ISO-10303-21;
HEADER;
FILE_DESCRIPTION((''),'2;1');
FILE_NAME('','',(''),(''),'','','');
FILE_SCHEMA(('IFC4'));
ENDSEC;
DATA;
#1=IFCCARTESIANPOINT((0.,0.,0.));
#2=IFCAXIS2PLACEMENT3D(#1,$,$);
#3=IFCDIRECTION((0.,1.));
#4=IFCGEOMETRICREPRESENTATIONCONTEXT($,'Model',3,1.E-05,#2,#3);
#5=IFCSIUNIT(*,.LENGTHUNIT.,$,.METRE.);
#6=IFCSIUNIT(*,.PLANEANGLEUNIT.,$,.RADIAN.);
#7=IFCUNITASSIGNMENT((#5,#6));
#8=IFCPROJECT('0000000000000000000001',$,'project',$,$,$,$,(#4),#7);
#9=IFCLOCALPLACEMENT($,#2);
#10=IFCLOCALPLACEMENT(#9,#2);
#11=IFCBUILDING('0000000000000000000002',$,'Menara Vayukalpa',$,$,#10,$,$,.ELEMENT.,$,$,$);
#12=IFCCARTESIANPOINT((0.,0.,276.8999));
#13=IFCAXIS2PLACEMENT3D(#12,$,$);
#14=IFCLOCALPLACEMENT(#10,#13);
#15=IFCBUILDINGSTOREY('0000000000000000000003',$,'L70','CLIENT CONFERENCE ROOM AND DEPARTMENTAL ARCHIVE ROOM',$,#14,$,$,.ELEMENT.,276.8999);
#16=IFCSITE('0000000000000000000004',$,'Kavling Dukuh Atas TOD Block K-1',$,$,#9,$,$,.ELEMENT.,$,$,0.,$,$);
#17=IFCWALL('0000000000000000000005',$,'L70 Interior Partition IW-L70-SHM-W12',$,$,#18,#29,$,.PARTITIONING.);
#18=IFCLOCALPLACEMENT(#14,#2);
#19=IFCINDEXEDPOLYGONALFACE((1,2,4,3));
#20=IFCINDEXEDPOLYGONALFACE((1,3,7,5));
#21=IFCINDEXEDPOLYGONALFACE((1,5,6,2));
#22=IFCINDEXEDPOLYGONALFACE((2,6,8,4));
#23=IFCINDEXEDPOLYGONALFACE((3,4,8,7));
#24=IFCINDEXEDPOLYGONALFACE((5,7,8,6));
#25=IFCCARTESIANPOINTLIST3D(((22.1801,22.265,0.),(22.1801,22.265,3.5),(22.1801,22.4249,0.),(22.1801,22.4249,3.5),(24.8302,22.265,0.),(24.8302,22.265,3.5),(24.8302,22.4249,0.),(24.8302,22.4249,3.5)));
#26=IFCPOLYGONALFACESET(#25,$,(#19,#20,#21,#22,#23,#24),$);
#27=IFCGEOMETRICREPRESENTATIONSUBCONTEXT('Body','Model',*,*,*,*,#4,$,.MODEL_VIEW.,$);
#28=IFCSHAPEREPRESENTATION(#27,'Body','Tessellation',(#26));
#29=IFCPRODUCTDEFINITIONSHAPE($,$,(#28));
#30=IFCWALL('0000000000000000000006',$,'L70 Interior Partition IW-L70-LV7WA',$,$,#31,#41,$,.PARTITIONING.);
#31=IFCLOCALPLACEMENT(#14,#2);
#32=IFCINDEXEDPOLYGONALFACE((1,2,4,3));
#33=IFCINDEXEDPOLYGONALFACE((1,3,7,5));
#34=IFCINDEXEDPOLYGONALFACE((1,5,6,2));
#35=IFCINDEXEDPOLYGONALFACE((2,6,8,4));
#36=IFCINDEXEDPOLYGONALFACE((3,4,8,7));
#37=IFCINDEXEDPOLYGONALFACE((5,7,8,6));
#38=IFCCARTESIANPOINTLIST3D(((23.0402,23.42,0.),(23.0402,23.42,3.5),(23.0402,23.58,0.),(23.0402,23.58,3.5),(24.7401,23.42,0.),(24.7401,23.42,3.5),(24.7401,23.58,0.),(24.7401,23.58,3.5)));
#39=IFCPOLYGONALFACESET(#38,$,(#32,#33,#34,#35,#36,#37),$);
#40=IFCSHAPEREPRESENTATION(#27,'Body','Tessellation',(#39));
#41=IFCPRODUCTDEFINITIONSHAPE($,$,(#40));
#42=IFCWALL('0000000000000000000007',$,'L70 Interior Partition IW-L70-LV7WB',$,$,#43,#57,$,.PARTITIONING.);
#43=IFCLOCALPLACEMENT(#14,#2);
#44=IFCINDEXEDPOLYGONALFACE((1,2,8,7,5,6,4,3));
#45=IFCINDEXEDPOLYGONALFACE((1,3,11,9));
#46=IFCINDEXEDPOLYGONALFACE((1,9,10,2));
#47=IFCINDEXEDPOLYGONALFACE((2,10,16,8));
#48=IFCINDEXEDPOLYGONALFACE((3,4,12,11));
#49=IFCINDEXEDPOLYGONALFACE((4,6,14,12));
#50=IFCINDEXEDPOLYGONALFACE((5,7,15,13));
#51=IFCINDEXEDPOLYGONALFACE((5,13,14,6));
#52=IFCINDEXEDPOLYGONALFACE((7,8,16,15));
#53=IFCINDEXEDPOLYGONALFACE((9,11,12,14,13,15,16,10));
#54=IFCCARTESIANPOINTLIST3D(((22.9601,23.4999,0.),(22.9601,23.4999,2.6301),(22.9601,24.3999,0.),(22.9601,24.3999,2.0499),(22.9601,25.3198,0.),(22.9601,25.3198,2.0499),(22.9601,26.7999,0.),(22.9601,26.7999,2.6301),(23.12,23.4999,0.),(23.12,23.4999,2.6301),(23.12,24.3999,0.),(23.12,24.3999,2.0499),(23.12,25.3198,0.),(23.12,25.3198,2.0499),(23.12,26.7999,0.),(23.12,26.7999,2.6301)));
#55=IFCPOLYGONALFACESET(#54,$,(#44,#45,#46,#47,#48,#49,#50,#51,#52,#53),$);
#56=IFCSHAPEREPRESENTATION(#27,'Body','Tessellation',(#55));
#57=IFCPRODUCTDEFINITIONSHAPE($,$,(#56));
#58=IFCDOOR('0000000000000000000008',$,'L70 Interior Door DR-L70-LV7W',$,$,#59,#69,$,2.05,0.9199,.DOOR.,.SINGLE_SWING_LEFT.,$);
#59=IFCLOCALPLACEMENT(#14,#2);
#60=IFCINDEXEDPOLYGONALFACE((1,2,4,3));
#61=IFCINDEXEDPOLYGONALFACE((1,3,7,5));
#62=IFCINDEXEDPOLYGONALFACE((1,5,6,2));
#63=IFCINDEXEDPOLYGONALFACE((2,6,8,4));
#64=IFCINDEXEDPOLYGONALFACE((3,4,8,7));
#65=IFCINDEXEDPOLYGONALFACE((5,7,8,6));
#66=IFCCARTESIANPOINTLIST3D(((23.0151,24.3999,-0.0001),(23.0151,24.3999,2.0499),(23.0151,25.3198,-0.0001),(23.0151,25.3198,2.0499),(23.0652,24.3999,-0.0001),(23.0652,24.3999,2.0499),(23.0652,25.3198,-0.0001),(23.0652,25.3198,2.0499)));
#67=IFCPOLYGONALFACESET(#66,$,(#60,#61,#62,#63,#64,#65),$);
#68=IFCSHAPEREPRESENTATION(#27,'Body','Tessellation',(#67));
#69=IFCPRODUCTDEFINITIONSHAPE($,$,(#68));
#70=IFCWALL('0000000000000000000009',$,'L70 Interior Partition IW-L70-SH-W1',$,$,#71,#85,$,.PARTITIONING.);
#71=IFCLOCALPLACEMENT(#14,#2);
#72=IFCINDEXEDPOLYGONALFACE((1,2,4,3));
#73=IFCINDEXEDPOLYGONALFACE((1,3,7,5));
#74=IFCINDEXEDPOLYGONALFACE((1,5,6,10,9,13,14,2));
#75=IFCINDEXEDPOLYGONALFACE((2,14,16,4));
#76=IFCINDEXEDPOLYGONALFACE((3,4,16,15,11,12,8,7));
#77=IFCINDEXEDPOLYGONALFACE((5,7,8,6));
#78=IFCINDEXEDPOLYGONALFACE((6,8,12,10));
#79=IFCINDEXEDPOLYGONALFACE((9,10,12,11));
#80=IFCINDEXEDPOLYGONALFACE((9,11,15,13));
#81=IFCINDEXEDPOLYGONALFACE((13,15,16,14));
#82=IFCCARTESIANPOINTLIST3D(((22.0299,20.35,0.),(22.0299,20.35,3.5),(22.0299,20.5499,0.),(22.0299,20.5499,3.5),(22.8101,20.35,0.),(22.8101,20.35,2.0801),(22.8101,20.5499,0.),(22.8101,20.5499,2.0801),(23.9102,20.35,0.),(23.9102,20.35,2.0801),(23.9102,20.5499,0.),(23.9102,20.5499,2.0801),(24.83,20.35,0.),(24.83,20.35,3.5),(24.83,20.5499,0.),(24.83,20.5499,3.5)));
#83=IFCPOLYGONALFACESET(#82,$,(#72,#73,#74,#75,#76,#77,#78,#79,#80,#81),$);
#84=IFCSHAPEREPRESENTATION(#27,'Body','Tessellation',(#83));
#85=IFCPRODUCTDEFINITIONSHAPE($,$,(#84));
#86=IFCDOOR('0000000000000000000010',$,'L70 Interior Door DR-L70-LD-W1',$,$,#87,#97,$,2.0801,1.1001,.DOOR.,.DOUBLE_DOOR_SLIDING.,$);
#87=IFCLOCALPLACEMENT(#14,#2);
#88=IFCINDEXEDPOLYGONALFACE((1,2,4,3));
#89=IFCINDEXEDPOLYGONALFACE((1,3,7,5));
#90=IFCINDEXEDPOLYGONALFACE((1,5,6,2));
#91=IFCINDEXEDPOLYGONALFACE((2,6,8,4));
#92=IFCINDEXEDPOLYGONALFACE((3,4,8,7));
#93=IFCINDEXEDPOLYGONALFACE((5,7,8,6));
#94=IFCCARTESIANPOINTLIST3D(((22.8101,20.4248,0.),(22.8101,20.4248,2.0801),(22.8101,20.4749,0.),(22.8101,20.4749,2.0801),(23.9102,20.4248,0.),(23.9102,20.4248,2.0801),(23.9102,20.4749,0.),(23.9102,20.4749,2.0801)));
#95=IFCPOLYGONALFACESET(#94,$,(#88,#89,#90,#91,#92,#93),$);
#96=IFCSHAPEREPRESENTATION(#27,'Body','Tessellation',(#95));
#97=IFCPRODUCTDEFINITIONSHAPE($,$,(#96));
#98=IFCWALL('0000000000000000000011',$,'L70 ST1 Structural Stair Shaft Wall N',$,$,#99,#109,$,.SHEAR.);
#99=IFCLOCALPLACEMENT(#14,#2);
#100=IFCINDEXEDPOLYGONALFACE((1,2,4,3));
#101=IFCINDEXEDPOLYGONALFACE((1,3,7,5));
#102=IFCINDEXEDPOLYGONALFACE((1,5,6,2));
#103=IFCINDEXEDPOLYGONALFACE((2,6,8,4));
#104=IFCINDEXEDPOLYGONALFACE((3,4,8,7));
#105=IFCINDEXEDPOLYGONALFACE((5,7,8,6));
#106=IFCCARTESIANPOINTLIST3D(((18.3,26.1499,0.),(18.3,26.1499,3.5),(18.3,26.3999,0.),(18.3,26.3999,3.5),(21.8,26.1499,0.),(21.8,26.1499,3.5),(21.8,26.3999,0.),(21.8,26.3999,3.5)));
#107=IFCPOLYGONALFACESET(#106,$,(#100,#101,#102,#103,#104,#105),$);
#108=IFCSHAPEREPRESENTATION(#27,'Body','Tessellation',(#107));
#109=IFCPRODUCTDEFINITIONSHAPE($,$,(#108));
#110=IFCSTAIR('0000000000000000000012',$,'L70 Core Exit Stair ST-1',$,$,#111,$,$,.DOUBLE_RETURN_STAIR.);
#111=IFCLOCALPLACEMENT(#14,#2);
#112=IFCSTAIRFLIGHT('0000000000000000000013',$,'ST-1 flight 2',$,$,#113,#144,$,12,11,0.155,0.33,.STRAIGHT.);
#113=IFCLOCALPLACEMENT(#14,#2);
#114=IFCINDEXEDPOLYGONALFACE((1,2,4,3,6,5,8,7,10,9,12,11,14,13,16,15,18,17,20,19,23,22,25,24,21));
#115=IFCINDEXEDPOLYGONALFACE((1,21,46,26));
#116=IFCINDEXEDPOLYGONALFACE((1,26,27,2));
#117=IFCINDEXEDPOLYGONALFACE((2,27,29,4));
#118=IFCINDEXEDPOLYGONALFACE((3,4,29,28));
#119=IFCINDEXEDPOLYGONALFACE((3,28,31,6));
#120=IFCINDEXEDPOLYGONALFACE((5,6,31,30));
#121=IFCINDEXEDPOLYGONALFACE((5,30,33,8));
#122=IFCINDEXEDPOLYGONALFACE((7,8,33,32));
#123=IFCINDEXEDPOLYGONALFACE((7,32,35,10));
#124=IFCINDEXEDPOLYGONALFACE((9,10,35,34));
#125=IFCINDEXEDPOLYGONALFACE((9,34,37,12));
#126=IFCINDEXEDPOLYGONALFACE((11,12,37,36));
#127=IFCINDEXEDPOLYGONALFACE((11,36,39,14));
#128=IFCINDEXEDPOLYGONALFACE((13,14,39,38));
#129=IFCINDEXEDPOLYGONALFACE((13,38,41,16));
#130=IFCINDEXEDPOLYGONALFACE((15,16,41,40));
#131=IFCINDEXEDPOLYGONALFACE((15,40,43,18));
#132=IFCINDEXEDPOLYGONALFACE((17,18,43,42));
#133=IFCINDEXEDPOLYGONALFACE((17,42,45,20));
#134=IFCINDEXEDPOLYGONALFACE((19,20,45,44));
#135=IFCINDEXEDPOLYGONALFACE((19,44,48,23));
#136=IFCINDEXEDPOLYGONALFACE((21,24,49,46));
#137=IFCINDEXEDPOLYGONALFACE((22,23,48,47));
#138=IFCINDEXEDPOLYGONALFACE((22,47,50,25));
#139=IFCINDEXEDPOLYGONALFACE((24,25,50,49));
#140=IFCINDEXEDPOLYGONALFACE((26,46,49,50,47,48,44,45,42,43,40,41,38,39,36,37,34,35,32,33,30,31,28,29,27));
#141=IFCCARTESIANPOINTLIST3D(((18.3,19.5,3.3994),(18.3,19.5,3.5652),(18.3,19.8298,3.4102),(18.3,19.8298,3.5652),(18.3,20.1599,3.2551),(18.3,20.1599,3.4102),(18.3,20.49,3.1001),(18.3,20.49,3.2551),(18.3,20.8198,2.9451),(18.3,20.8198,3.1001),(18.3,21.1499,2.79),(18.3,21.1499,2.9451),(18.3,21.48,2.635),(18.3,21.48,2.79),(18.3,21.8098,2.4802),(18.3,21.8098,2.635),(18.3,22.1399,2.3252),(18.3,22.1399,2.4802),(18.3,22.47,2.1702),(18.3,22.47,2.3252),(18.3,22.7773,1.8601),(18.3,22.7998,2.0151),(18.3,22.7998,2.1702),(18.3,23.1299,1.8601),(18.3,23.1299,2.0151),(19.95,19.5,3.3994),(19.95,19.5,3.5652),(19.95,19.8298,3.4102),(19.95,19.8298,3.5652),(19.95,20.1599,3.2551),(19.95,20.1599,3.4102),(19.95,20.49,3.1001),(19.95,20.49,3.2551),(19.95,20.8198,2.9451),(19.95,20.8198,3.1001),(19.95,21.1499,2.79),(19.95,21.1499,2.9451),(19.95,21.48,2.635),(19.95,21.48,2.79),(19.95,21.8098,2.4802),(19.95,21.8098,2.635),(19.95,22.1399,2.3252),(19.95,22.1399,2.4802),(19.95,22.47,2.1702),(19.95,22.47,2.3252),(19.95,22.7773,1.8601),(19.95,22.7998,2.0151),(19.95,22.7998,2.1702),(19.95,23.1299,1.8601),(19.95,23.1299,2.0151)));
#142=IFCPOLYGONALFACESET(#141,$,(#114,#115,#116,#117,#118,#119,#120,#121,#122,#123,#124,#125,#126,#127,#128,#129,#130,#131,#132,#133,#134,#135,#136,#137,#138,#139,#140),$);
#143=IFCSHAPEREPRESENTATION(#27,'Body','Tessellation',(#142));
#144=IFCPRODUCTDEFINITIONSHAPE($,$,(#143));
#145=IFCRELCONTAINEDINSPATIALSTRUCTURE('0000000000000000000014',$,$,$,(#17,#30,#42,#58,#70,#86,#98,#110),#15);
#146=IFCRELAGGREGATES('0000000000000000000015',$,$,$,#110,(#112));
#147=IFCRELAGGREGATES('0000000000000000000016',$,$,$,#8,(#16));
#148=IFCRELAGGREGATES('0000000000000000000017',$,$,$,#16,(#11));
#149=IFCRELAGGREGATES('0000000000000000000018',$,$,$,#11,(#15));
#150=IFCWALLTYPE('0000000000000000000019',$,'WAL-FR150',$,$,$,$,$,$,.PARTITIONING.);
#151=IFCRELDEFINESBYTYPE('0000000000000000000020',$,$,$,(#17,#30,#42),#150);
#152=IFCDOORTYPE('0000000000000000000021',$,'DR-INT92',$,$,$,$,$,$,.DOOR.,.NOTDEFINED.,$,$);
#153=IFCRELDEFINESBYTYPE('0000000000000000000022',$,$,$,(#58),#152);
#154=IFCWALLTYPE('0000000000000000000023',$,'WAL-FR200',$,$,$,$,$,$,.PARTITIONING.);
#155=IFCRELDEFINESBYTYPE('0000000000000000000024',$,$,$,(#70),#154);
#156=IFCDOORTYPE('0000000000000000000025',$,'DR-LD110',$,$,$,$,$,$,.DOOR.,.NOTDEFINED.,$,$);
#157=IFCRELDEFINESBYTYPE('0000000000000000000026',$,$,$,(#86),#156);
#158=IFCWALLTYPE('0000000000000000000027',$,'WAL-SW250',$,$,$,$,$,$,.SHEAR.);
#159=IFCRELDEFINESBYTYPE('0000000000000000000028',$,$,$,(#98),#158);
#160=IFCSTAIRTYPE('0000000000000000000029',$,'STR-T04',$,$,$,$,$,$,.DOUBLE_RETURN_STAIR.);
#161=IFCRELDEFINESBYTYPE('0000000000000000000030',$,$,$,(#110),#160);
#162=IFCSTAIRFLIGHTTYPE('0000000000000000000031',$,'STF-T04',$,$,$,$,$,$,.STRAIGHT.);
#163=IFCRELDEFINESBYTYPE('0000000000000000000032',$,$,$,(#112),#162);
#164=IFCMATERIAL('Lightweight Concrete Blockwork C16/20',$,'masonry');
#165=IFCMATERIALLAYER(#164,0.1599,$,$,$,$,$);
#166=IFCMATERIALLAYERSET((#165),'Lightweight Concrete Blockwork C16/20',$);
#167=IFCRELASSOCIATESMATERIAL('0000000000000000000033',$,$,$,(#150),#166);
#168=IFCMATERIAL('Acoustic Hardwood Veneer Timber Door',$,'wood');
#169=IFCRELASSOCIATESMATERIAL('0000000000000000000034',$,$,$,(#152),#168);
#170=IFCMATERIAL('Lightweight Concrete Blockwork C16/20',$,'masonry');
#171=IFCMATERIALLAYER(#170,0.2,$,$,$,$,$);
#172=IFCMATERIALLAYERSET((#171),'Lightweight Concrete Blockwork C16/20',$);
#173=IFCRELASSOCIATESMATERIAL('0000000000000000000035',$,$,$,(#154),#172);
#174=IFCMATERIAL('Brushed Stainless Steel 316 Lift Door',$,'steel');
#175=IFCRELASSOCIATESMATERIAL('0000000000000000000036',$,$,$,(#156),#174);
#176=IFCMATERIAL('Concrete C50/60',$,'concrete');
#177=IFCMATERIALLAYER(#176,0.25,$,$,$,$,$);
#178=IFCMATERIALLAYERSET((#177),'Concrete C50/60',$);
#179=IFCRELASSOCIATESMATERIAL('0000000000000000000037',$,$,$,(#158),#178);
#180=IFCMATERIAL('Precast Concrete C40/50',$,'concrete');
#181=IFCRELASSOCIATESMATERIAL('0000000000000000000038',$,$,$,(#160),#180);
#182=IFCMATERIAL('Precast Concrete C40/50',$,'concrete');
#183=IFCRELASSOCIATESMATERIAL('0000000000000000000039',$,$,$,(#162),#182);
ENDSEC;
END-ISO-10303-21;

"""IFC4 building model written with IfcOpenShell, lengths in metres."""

from ifc_helpers import new_model, si_unit, direction, frame, frame_2d, origin, place, context, subcontext, project, spatial, polyline, rectangle, outline, extrude, material, layer, layer_set, type_object, element, fill, aggregate, save


model = new_model("IFC4")

# Units and contexts
model_context = context("Model", 3, precision=1e-05, world=origin(), true_north=direction((0.0, 1.0)))
body_context = subcontext(model_context, "Body", "Model", "MODEL_VIEW")
ifc_project = project(units=[si_unit("LENGTHUNIT", "METRE"), si_unit("PLANEANGLEUNIT", "RADIAN")], contexts=[model_context])

# Site, building, storey
site_placement = place(None, origin())
site = spatial("IfcSite", under=ifc_project, at=site_placement, Name="Kavling Dukuh Atas TOD Block K-1", CompositionType="ELEMENT", RefElevation=0.0)
building_placement = place(site_placement, origin())
building = spatial("IfcBuilding", under=site, at=building_placement, Name="Menara Vayukalpa", CompositionType="ELEMENT")
storey_placement = place(building_placement, frame((0.0, 0.0, 276.8999)))
storey = spatial("IfcBuildingStorey", under=building, at=storey_placement, Name="L70", Description="CLIENT CONFERENCE ROOM AND DEPARTMENTAL ARCHIVE ROOM", CompositionType="ELEMENT", Elevation=276.8999)

# Walls
ifc_material_1 = material(Name="Lightweight Concrete Blockwork C16/20", Category="masonry")
ifc_layer_1 = layer(ifc_material_1, 0.1599)
ifc_layer_set_1 = layer_set([ifc_layer_1], Name="Lightweight Concrete Blockwork C16/20")
wall_type_1 = type_object("IfcWallType", Name="WAL-FR150", PredefinedType="PARTITIONING", material=ifc_layer_set_1)
wall_1_placement = place(storey_placement, frame((22.1799, 22.345, 0.0), z_axis=(0.0, 0.0, 1.0), x_axis=(1.0, 0.0, 0.0)))
element("IfcWall", 1, at=wall_1_placement, inside=storey, type_object=wall_type_1, Name="L70 Interior Partition IW-L70-SHM-W12", PredefinedType="PARTITIONING", context=body_context, shape_type="SweptSolid", body=[
    extrude(rectangle(XDim=2.6501, YDim=0.1599, at=frame_2d((1.3252, 0.0))), origin(), (0.0, 0.0, 1.0), 3.5),
])
wall_2_placement = place(storey_placement, frame((23.04, 23.5, 0.0), z_axis=(0.0, 0.0, 1.0), x_axis=(1.0, 0.0, 0.0)))
element("IfcWall", 2, at=wall_2_placement, inside=storey, type_object=wall_type_1, Name="L70 Interior Partition IW-L70-LV7WA", PredefinedType="PARTITIONING", context=body_context, shape_type="SweptSolid", body=[
    extrude(rectangle(XDim=1.7, YDim=0.1599, at=frame_2d((0.8501, 0.0))), origin(), (0.0, 0.0, 1.0), 3.5),
])

# Walls, openings, doors
wall_3_placement = place(storey_placement, frame((23.04, 23.5, 0.0), z_axis=(0.0, 0.0, 1.0), x_axis=(0.0, 1.0, 0.0)))
wall_3 = element("IfcWall", 3, at=wall_3_placement, inside=storey, type_object=wall_type_1, Name="L70 Interior Partition IW-L70-LV7WB", PredefinedType="PARTITIONING", context=body_context, shape_type="SweptSolid", body=[
    extrude(rectangle(XDim=3.3, YDim=0.1599, at=frame_2d((1.6499, 0.0))), origin(), (0.0, 0.0, 1.0), 2.6301),
])
opening_1_placement = place(wall_3_placement, frame((0.8999, 0.0, 0.0)))
opening_1 = element("IfcOpeningElement", 4, at=opening_1_placement, cuts=wall_3, PredefinedType="OPENING", context=body_context, shape_type="SweptSolid", body=[
    extrude(rectangle(XDim=0.9199, YDim=2.05, at=frame_2d((0.46, 1.0249))), frame((0.0, 0.0898, 0.0), z_axis=(0.0, -1.0, 0.0), x_axis=(1.0, 0.0, 0.0)), (0.0, 0.0, 1.0), 0.1799),
])
ifc_material_2 = material(Name="Acoustic Hardwood Veneer Timber Door", Category="wood")
door_type_1 = type_object("IfcDoorType", Name="DR-INT92", OperationType="NOTDEFINED", PredefinedType="DOOR", material=ifc_material_2)
door_1_placement = place(opening_1_placement, origin())
door_1 = element("IfcDoor", 5, at=door_1_placement, inside=storey, type_object=door_type_1, Name="L70 Interior Door DR-L70-LV7W", OperationType="SINGLE_SWING_LEFT", OverallHeight=2.05, OverallWidth=0.9199, PredefinedType="DOOR", context=body_context, shape_type="SweptSolid", body=[
    extrude(rectangle(XDim=0.9199, YDim=2.05, at=frame_2d((0.46, 1.0249))), frame((0.0, 0.0249, 0.0), z_axis=(0.0, -1.0, 0.0), x_axis=(1.0, 0.0, 0.0)), (0.0, 0.0, 1.0), 0.05),
])
fill(opening_1, door_1)
ifc_material_3 = material(Name="Lightweight Concrete Blockwork C16/20", Category="masonry")
ifc_layer_2 = layer(ifc_material_3, 0.2)
ifc_layer_set_2 = layer_set([ifc_layer_2], Name="Lightweight Concrete Blockwork C16/20")
wall_type_2 = type_object("IfcWallType", Name="WAL-FR200", PredefinedType="PARTITIONING", material=ifc_layer_set_2)
wall_4_placement = place(storey_placement, frame((22.03, 20.45, 0.0), z_axis=(0.0, 0.0, 1.0), x_axis=(1.0, 0.0, 0.0)))
wall_4 = element("IfcWall", 6, at=wall_4_placement, inside=storey, type_object=wall_type_2, Name="L70 Interior Partition IW-L70-SH-W1", PredefinedType="PARTITIONING", context=body_context, shape_type="SweptSolid", body=[
    extrude(rectangle(XDim=2.8, YDim=0.2, at=frame_2d((1.3999, 0.0))), origin(), (0.0, 0.0, 1.0), 3.5),
])
opening_2_placement = place(wall_4_placement, frame((0.78, 0.0, 0.0)))
opening_2 = element("IfcOpeningElement", 7, at=opening_2_placement, cuts=wall_4, PredefinedType="OPENING", context=body_context, shape_type="SweptSolid", body=[
    extrude(rectangle(XDim=1.1001, YDim=2.0801, at=frame_2d((0.55, 1.04))), frame((0.0, 0.1099, 0.0), z_axis=(0.0, -1.0, 0.0), x_axis=(1.0, 0.0, 0.0)), (0.0, 0.0, 1.0), 0.22),
])
ifc_material_4 = material(Name="Brushed Stainless Steel 316 Lift Door", Category="steel")
door_type_2 = type_object("IfcDoorType", Name="DR-LD110", OperationType="NOTDEFINED", PredefinedType="DOOR", material=ifc_material_4)
door_2_placement = place(opening_2_placement, origin())
door_2 = element("IfcDoor", 8, at=door_2_placement, inside=storey, type_object=door_type_2, Name="L70 Interior Door DR-L70-LD-W1", OperationType="DOUBLE_DOOR_SLIDING", OverallHeight=2.0801, OverallWidth=1.1001, PredefinedType="DOOR", context=body_context, shape_type="SweptSolid", body=[
    extrude(rectangle(XDim=1.1001, YDim=2.0801, at=frame_2d((0.55, 1.04))), frame((0.0, 0.0249, 0.0), z_axis=(0.0, -1.0, 0.0), x_axis=(1.0, 0.0, 0.0)), (0.0, 0.0, 1.0), 0.05),
])
fill(opening_2, door_2)

# Wall
ifc_material_5 = material(Name="Concrete C50/60", Category="concrete")
ifc_layer_3 = layer(ifc_material_5, 0.25)
ifc_layer_set_3 = layer_set([ifc_layer_3], Name="Concrete C50/60")
wall_type_3 = type_object("IfcWallType", Name="WAL-SW250", PredefinedType="SHEAR", material=ifc_layer_set_3)
wall_5_placement = place(storey_placement, frame((18.3, 26.2749, 0.0), z_axis=(0.0, 0.0, 1.0), x_axis=(1.0, 0.0, 0.0)))
element("IfcWall", 9, at=wall_5_placement, inside=storey, type_object=wall_type_3, Name="L70 ST1 Structural Stair Shaft Wall N", PredefinedType="SHEAR", context=body_context, shape_type="SweptSolid", body=[
    extrude(rectangle(XDim=3.5, YDim=0.25, at=frame_2d((1.75, 0.0))), origin(), (0.0, 0.0, 1.0), 3.5),
])

# Stair, stair flight
ifc_material_6 = material(Name="Precast Concrete C40/50", Category="concrete")
stair_type = type_object("IfcStairType", Name="STR-T04", PredefinedType="DOUBLE_RETURN_STAIR", material=ifc_material_6)
stair_placement = place(storey_placement, origin())
stair = element("IfcStair", 10, at=stair_placement, inside=storey, type_object=stair_type, Name="L70 Core Exit Stair ST-1", PredefinedType="DOUBLE_RETURN_STAIR")
ifc_material_7 = material(Name="Precast Concrete C40/50", Category="concrete")
stair_flight_type = type_object("IfcStairFlightType", Name="STF-T04", PredefinedType="STRAIGHT", material=ifc_material_7)
stair_flight_placement = place(storey_placement, frame((19.125, 23.1299, 1.8601), z_axis=(0.0, 0.0, 1.0), x_axis=(0.0, -1.0, 0.0)))
stair_flight = element("IfcStairFlight", 11, at=stair_flight_placement, type_object=stair_flight_type, Name="ST-1 flight 2", NumberOfRisers=12, NumberOfTreads=11, PredefinedType="STRAIGHT", RiserHeight=0.155, TreadLength=0.33, context=body_context, shape_type="SweptSolid", body=[
    extrude(outline(polyline([(0.0, 0.0), (0.0, 0.155), (0.3301, 0.155), (0.3301, 0.3101), (0.6599, 0.3101), (0.6599, 0.4651), (0.99, 0.4651), (0.99, 0.6201), (1.3201, 0.6201), (1.3201, 0.7749), (1.6499, 0.7749), (1.6499, 0.9299), (1.98, 0.9299), (1.98, 1.085), (2.3101, 1.085), (2.3101, 1.24), (2.6399, 1.24), (2.6399, 1.395), (2.97, 1.395), (2.97, 1.55), (3.3, 1.55), (3.3, 1.7051), (3.6299, 1.7051), (3.6299, 1.8601), (3.6299, 1.5393), (0.3525, 0.0), (0.0, 0.0)])), frame((0.0, 0.825, 0.0), z_axis=(0.0, -1.0, 0.0), x_axis=(1.0, 0.0, 0.0)), (0.0, 0.0, 1.0), 1.6499),
])
aggregate(stair, [stair_flight])

save(model, "model.ifc")
